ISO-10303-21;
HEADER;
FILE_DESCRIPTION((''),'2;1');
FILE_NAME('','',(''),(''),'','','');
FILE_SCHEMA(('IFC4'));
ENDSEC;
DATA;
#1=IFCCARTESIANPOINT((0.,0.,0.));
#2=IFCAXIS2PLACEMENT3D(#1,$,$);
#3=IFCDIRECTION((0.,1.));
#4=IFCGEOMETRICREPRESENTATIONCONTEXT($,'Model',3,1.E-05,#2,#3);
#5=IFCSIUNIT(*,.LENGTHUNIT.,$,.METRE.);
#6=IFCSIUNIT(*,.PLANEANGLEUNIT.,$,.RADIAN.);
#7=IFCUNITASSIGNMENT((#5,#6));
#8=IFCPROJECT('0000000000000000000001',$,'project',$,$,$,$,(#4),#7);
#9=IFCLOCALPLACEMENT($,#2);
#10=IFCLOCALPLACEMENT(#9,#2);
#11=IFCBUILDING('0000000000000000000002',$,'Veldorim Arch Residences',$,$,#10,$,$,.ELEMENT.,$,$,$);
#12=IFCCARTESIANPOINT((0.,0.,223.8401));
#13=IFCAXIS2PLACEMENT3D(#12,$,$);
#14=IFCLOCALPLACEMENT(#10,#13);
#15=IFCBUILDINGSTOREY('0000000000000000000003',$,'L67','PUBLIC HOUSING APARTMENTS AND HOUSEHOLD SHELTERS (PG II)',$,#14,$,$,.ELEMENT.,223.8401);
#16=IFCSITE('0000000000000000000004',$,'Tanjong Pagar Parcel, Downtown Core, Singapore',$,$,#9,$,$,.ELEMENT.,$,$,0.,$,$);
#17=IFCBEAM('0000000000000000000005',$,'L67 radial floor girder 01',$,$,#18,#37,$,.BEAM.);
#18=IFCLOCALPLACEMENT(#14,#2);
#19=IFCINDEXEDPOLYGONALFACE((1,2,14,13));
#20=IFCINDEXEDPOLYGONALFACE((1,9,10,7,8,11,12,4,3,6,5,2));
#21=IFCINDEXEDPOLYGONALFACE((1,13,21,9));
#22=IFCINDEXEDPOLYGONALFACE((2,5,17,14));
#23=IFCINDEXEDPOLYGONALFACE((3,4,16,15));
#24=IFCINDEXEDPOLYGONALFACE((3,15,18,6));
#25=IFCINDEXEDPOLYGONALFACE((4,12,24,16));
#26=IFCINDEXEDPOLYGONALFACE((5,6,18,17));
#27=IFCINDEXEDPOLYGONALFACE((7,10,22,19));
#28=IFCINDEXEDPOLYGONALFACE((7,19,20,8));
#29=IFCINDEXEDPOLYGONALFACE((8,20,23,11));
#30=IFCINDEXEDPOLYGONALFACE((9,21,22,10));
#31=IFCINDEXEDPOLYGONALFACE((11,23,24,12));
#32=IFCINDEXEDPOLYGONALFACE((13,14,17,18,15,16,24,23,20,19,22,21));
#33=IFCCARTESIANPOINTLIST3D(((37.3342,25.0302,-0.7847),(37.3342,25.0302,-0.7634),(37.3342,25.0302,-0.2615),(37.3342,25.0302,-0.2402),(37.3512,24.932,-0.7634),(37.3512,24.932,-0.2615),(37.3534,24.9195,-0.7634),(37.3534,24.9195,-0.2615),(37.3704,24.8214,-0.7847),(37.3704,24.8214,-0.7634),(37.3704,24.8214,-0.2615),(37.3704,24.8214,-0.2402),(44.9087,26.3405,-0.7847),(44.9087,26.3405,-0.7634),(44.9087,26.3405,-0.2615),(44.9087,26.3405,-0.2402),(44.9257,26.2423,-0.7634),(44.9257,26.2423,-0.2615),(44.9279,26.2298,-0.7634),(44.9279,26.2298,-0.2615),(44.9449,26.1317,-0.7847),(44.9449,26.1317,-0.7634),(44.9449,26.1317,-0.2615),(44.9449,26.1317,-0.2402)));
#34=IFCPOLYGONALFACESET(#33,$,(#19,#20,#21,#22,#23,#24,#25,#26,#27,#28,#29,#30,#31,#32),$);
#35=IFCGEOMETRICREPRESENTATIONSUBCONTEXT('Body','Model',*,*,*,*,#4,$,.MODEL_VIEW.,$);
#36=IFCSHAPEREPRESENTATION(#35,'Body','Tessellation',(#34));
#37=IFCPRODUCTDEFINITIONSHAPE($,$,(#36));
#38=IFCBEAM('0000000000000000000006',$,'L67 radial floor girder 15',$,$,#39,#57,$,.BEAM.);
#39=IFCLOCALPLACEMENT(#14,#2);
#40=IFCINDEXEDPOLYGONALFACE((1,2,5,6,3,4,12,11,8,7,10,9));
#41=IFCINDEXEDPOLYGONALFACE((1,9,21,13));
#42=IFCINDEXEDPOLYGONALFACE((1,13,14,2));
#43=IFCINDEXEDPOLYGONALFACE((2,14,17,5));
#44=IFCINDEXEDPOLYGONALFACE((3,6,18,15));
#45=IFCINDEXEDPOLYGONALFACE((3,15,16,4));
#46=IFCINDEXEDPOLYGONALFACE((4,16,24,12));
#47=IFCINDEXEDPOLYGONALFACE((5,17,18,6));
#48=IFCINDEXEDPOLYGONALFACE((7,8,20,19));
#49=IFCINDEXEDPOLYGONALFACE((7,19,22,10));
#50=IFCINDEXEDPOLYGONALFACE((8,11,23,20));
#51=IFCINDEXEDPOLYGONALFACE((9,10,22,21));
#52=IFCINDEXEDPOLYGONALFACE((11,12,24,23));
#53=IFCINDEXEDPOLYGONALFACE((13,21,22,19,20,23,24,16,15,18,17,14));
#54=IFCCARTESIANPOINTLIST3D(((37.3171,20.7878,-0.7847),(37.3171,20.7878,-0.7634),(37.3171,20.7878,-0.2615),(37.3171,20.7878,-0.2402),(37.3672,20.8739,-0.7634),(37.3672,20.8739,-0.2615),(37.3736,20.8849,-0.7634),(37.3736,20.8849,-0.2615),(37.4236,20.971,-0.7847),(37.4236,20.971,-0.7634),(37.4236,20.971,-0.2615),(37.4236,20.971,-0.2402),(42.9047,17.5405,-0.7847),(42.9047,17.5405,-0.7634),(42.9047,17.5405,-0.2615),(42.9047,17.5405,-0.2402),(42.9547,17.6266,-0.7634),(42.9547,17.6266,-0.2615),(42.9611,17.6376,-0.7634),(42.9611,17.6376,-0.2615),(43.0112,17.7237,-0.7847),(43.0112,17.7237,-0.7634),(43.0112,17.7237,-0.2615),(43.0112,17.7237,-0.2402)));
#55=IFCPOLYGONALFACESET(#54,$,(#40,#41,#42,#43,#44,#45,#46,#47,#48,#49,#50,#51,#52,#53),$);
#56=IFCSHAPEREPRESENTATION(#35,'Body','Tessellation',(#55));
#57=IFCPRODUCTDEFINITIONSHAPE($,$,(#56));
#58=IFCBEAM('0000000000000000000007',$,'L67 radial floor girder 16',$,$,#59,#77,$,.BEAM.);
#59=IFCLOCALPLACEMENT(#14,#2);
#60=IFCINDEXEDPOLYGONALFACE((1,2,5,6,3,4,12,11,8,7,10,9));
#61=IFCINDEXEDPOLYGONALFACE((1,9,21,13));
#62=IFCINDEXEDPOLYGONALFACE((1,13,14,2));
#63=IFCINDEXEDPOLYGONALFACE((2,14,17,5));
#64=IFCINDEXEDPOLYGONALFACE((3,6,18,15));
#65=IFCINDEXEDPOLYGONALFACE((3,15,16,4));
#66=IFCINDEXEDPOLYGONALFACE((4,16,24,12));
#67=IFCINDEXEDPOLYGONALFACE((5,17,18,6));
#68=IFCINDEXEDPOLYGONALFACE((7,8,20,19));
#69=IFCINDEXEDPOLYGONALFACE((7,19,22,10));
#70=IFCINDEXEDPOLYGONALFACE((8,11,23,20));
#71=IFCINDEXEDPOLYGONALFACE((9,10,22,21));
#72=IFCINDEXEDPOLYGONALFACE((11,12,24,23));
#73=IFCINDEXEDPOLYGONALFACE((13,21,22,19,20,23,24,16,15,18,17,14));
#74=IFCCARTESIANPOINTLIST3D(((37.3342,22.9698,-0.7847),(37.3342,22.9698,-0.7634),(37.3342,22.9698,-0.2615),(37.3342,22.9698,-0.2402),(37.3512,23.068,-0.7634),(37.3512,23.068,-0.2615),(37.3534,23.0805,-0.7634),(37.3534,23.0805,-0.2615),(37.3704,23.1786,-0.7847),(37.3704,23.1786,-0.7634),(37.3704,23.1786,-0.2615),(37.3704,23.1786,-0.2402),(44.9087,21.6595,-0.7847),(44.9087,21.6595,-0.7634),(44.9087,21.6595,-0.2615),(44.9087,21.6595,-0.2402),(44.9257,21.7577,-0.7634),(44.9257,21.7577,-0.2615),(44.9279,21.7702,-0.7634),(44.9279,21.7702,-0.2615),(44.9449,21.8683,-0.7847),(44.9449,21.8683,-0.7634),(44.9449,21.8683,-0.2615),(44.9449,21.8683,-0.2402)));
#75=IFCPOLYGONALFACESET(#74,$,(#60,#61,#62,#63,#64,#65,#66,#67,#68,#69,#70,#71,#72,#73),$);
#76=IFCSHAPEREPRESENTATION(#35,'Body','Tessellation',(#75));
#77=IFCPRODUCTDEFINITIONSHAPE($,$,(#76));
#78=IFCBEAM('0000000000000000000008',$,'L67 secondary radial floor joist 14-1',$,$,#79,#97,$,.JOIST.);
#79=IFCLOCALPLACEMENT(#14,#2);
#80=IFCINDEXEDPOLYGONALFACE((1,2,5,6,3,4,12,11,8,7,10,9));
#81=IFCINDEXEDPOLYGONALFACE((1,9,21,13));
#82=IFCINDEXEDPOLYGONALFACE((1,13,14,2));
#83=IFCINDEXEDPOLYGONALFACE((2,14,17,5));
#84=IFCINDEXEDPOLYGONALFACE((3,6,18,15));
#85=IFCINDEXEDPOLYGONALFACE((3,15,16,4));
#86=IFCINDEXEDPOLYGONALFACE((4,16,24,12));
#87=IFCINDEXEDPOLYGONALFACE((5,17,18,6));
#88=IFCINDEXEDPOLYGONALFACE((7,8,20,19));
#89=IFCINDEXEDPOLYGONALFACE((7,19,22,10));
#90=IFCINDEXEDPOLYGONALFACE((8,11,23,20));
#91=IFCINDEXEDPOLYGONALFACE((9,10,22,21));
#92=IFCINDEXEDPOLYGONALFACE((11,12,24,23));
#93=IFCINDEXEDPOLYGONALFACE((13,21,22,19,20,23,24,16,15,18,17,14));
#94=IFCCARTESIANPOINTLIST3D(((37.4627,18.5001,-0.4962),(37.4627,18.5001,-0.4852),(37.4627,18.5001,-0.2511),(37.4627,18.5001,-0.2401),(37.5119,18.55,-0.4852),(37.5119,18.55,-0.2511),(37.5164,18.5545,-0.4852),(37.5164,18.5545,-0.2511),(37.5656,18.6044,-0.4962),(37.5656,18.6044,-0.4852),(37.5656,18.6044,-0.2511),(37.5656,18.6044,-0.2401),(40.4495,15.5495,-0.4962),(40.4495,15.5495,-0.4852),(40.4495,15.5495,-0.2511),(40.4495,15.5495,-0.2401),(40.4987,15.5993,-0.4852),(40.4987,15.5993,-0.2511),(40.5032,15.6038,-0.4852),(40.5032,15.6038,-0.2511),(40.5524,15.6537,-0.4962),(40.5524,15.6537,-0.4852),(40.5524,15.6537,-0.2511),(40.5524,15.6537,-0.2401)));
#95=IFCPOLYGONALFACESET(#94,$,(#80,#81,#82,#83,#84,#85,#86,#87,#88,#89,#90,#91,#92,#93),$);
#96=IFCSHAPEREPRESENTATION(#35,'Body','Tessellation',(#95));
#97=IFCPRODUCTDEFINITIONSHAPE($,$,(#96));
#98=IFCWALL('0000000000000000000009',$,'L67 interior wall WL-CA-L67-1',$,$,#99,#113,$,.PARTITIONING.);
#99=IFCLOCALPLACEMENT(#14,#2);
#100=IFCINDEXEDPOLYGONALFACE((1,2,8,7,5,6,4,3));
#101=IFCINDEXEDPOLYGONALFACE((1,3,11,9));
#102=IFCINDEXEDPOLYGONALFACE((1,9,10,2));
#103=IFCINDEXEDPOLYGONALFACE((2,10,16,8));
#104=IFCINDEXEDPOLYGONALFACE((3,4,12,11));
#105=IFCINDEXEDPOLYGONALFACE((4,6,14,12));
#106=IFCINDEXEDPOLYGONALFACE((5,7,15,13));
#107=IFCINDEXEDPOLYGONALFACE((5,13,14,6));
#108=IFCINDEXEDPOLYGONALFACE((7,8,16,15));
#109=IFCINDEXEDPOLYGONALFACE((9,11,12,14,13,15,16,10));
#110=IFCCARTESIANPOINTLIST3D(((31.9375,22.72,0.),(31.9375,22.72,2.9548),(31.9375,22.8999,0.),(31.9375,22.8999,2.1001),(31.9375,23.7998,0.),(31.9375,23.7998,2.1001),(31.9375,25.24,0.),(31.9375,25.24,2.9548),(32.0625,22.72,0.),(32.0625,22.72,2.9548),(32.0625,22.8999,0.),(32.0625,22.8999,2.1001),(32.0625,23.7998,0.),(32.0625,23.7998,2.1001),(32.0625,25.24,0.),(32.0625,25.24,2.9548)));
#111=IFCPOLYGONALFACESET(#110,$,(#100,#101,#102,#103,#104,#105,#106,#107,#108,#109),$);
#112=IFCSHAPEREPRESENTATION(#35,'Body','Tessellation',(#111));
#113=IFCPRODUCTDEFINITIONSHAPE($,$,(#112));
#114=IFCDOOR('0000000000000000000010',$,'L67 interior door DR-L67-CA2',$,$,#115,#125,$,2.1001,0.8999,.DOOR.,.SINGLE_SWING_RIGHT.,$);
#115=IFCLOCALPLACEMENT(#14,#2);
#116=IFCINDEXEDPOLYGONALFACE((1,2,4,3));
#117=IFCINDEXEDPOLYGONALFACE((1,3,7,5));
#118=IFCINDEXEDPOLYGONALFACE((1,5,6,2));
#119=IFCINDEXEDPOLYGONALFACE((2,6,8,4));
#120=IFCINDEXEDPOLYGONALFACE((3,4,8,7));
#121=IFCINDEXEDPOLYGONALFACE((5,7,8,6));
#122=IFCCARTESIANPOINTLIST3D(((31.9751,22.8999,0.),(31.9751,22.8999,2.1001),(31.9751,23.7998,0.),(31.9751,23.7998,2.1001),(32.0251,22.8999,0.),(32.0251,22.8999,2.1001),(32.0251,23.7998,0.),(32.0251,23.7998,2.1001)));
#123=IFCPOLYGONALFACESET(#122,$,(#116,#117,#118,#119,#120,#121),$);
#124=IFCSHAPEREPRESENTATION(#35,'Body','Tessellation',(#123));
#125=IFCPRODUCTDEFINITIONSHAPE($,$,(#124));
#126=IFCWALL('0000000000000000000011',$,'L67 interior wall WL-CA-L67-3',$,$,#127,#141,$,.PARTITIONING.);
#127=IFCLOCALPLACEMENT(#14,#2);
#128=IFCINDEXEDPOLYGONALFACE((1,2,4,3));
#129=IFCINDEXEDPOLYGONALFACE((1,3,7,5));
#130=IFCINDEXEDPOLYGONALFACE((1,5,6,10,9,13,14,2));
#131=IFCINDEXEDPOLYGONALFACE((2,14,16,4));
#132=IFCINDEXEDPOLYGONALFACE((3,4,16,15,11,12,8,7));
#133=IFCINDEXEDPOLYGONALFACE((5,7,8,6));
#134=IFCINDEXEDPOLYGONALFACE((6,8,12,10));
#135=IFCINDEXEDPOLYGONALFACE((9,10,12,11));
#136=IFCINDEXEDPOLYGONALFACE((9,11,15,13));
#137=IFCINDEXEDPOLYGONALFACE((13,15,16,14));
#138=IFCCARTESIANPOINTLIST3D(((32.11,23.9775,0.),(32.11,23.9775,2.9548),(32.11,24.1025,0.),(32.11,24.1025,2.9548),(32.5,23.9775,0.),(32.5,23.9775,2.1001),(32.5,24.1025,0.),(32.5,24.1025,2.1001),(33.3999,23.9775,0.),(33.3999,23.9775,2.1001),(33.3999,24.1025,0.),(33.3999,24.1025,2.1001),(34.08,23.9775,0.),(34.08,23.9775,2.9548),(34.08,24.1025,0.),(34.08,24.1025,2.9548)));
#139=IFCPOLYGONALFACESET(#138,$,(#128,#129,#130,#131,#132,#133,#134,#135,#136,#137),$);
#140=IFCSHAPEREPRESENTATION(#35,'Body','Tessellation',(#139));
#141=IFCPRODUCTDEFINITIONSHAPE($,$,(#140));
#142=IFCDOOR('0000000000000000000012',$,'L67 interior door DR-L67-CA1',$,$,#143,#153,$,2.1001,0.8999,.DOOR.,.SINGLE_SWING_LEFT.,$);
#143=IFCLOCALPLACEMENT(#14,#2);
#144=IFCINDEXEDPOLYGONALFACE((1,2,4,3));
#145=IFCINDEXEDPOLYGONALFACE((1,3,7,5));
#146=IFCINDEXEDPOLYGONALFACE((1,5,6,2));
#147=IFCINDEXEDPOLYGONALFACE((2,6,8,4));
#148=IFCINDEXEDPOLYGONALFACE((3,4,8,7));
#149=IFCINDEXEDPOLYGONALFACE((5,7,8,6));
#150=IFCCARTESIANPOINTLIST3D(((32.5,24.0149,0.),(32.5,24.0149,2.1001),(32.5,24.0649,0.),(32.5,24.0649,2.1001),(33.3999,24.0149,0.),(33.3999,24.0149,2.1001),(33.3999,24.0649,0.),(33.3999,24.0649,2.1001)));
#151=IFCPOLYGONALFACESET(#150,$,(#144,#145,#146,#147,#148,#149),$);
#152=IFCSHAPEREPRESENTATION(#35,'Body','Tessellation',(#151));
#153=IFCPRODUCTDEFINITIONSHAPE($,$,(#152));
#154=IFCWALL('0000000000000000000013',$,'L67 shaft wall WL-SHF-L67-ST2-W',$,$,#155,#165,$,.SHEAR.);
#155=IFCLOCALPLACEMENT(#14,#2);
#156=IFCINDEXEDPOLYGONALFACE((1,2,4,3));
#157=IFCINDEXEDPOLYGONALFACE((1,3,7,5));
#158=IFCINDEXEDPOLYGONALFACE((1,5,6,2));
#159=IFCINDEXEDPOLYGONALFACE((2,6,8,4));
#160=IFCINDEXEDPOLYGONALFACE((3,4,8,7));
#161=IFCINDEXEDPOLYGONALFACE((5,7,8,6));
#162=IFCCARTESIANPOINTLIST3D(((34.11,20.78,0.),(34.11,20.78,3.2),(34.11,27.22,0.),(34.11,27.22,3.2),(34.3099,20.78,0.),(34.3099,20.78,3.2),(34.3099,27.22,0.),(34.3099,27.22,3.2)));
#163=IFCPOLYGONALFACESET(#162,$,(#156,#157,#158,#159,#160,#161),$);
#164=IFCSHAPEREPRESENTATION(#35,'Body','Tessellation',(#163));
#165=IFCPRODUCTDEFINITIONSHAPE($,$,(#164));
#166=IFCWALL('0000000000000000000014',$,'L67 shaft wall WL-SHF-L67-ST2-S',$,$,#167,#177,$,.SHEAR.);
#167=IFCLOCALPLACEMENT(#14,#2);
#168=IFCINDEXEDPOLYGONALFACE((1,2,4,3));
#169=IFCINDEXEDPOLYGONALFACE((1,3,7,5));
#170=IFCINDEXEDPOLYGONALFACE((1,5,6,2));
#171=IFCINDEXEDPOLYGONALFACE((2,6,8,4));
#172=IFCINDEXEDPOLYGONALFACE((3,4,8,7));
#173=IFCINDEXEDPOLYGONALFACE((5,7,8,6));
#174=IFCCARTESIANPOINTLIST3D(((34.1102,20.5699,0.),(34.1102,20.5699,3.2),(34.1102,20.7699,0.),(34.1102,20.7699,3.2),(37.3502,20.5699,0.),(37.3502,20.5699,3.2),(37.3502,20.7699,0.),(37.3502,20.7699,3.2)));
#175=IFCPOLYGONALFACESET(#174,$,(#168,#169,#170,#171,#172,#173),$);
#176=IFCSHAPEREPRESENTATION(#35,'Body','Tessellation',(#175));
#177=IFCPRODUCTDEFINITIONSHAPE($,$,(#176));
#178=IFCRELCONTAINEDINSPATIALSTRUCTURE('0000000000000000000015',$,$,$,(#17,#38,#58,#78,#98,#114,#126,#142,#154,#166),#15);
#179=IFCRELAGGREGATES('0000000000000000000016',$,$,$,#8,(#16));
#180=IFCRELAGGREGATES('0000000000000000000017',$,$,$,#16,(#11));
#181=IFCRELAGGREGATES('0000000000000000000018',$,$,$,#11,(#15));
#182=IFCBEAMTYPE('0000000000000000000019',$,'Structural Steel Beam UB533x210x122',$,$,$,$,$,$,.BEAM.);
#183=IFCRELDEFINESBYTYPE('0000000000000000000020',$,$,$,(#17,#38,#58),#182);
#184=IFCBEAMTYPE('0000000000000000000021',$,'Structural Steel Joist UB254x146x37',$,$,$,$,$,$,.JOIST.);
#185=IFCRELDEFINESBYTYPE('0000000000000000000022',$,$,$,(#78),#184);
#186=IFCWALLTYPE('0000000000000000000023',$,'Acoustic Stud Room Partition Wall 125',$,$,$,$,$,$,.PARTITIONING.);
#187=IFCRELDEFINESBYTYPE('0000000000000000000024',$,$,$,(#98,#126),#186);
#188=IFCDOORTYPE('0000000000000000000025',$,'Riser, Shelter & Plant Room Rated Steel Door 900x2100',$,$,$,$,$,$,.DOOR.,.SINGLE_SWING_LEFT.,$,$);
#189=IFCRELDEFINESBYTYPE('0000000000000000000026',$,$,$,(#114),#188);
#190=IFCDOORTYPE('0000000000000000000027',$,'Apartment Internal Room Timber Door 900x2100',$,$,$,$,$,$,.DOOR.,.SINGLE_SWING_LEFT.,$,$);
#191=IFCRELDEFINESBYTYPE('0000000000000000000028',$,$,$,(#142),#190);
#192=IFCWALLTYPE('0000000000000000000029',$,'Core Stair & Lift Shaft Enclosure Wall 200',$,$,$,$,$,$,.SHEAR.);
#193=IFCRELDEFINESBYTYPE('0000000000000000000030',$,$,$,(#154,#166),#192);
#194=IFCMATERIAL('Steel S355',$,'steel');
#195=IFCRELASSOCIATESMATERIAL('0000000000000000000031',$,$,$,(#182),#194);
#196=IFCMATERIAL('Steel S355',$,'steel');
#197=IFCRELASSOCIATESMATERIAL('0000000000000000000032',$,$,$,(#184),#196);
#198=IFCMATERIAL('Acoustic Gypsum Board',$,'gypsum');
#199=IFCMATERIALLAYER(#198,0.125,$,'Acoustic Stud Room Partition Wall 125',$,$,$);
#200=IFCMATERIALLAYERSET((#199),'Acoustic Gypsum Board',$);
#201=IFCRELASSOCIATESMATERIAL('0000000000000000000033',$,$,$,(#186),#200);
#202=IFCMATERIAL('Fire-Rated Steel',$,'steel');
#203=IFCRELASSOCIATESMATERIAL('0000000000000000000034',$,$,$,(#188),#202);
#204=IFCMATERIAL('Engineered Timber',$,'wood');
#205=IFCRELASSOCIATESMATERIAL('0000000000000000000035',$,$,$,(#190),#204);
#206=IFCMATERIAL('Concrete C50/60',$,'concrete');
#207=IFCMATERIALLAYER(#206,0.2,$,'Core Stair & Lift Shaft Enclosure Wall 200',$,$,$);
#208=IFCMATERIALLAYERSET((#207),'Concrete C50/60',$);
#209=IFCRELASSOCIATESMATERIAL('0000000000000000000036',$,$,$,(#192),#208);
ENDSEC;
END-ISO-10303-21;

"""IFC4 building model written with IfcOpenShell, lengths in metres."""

from ifc_helpers import new_model, si_unit, direction, frame, frame_2d, origin, origin_2d, place, context, subcontext, project, spatial, rectangle, i_section, extrude, material, layer, layer_set, material_profile, profile_set, type_object, element, fill, save


model = new_model("IFC4")

# Units and contexts
model_context = context("Model", 3, precision=1e-05, world=origin(), true_north=direction((0.0, 1.0)))
body_context = subcontext(model_context, "Body", "Model", "MODEL_VIEW")
ifc_project = project(units=[si_unit("LENGTHUNIT", "METRE"), si_unit("PLANEANGLEUNIT", "RADIAN")], contexts=[model_context])

# Site, building, storey
site_placement = place(None, origin())
site = spatial("IfcSite", under=ifc_project, at=site_placement, Name="Tanjong Pagar Parcel, Downtown Core, Singapore", CompositionType="ELEMENT", RefElevation=0.0)
building_placement = place(site_placement, origin())
building = spatial("IfcBuilding", under=site, at=building_placement, Name="Veldorim Arch Residences", CompositionType="ELEMENT")
storey_placement = place(building_placement, frame((0.0, 0.0, 223.8401)))
storey = spatial("IfcBuildingStorey", under=building, at=storey_placement, Name="L67", Description="PUBLIC HOUSING APARTMENTS AND HOUSEHOLD SHELTERS (PG II)", CompositionType="ELEMENT", Elevation=223.8401)

# Beams
ifc_material_1 = material(Name="Steel S355", Category="steel")
ifc_material_profile_1 = material_profile(ifc_material_1, i_section(OverallWidth=0.2119, OverallDepth=0.5444, WebThickness=0.0127, FlangeThickness=0.0212, at=origin_2d()), Name="UB533x210x122")
ifc_profile_set_1 = profile_set([ifc_material_profile_1], Name="Steel S355")
beam_type_1 = type_object("IfcBeamType", Name="Structural Steel Beam UB533x210x122", PredefinedType="BEAM", material=ifc_profile_set_1)
beam_1_placement = place(storey_placement, frame((37.3523, 24.9258, -0.5125), z_axis=(0.985365, 0.170458, 0.0), x_axis=(-0.170458, 0.985365, 0.0)))
element("IfcBeam", 1, at=beam_1_placement, inside=storey, type_object=beam_type_1, Name="L67 radial floor girder 01", PredefinedType="BEAM", context=body_context, shape_type="SweptSolid", body=[
    extrude(i_section(OverallWidth=0.2119, OverallDepth=0.5444, WebThickness=0.0127, FlangeThickness=0.0212, at=origin_2d()), origin(), (0.0, 0.0, 1.0), 7.687),
])
beam_2_placement = place(storey_placement, frame((37.3704, 20.8794, -0.5125), z_axis=(0.864596, -0.502468, 0.0), x_axis=(0.502468, 0.864596, 0.0)))
element("IfcBeam", 2, at=beam_2_placement, inside=storey, type_object=beam_type_1, Name="L67 radial floor girder 15", PredefinedType="BEAM", context=body_context, shape_type="SweptSolid", body=[
    extrude(i_section(OverallWidth=0.2119, OverallDepth=0.5444, WebThickness=0.0127, FlangeThickness=0.0212, at=origin_2d()), origin(), (0.0, 0.0, 1.0), 6.4626),
])
beam_3_placement = place(storey_placement, frame((37.3523, 23.0742, -0.5125), z_axis=(0.985365, -0.170458, 0.0), x_axis=(0.170458, 0.985365, 0.0)))
element("IfcBeam", 3, at=beam_3_placement, inside=storey, type_object=beam_type_1, Name="L67 radial floor girder 16", PredefinedType="BEAM", context=body_context, shape_type="SweptSolid", body=[
    extrude(i_section(OverallWidth=0.2119, OverallDepth=0.5444, WebThickness=0.0127, FlangeThickness=0.0212, at=origin_2d()), origin(), (0.0, 0.0, 1.0), 7.687),
])
ifc_material_2 = material(Name="Steel S355", Category="steel")
ifc_material_profile_2 = material_profile(ifc_material_2, i_section(OverallWidth=0.1465, OverallDepth=0.2561, WebThickness=0.0063, FlangeThickness=0.011, at=origin_2d()), Name="UB254x146x37")
ifc_profile_set_2 = profile_set([ifc_material_profile_2], Name="Steel S355")
beam_type_2 = type_object("IfcBeamType", Name="Structural Steel Joist UB254x146x37", PredefinedType="JOIST", material=ifc_profile_set_2)
beam_4_placement = place(storey_placement, frame((37.5142, 18.5522, -0.3682), z_axis=(0.711397, -0.702791, 0.0), x_axis=(0.702791, 0.711397, 0.0)))
element("IfcBeam", 4, at=beam_4_placement, inside=storey, type_object=beam_type_2, Name="L67 secondary radial floor joist 14-1", PredefinedType="JOIST", context=body_context, shape_type="SweptSolid", body=[
    extrude(i_section(OverallWidth=0.1465, OverallDepth=0.2561, WebThickness=0.0063, FlangeThickness=0.011, at=origin_2d()), origin(), (0.0, 0.0, 1.0), 4.1985),
])

# Walls, openings, doors
ifc_material_3 = material(Name="Acoustic Gypsum Board", Category="gypsum")
ifc_layer_1 = layer(ifc_material_3, 0.125, Name="Acoustic Stud Room Partition Wall 125")
ifc_layer_set_1 = layer_set([ifc_layer_1], Name="Acoustic Gypsum Board")
wall_type_1 = type_object("IfcWallType", Name="Acoustic Stud Room Partition Wall 125", PredefinedType="PARTITIONING", material=ifc_layer_set_1)
wall_1_placement = place(storey_placement, frame((32.0, 22.72, 0.0), z_axis=(0.0, 0.0, 1.0), x_axis=(0.0, 1.0, 0.0)))
wall_1 = element("IfcWall", 5, at=wall_1_placement, inside=storey, type_object=wall_type_1, Name="L67 interior wall WL-CA-L67-1", PredefinedType="PARTITIONING", context=body_context, shape_type="SweptSolid", body=[
    extrude(rectangle(XDim=2.52, YDim=0.125, at=frame_2d((1.26, 0.0))), origin(), (0.0, 0.0, 1.0), 2.9548),
])
opening_1_placement = place(wall_1_placement, frame((0.1799, 0.0, 0.0)))
opening_1 = element("IfcOpeningElement", 6, at=opening_1_placement, cuts=wall_1, PredefinedType="OPENING", context=body_context, shape_type="SweptSolid", body=[
    extrude(rectangle(XDim=0.8999, YDim=2.1001, at=frame_2d((0.45, 1.05))), frame((0.0, 0.0725, 0.0), z_axis=(0.0, -1.0, 0.0), x_axis=(1.0, 0.0, 0.0)), (0.0, 0.0, 1.0), 0.145),
])
ifc_material_4 = material(Name="Fire-Rated Steel", Category="steel")
door_type_1 = type_object("IfcDoorType", Name="Riser, Shelter & Plant Room Rated Steel Door 900x2100", OperationType="SINGLE_SWING_LEFT", PredefinedType="DOOR", material=ifc_material_4)
door_1_placement = place(opening_1_placement, origin())
door_1 = element("IfcDoor", 7, at=door_1_placement, inside=storey, type_object=door_type_1, Name="L67 interior door DR-L67-CA2", OperationType="SINGLE_SWING_RIGHT", OverallHeight=2.1001, OverallWidth=0.8999, PredefinedType="DOOR", context=body_context, shape_type="SweptSolid", body=[
    extrude(rectangle(XDim=0.8999, YDim=2.1001, at=frame_2d((0.45, 1.05))), frame((0.0, 0.0249, 0.0), z_axis=(0.0, -1.0, 0.0), x_axis=(1.0, 0.0, 0.0)), (0.0, 0.0, 1.0), 0.05),
])
fill(opening_1, door_1)
wall_2_placement = place(storey_placement, frame((32.1101, 24.04, 0.0), z_axis=(0.0, 0.0, 1.0), x_axis=(1.0, 0.0, 0.0)))
wall_2 = element("IfcWall", 8, at=wall_2_placement, inside=storey, type_object=wall_type_1, Name="L67 interior wall WL-CA-L67-3", PredefinedType="PARTITIONING", context=body_context, shape_type="SweptSolid", body=[
    extrude(rectangle(XDim=1.97, YDim=0.125, at=frame_2d((0.9849, 0.0))), origin(), (0.0, 0.0, 1.0), 2.9548),
])
opening_2_placement = place(wall_2_placement, frame((0.3899, 0.0, 0.0)))
opening_2 = element("IfcOpeningElement", 9, at=opening_2_placement, cuts=wall_2, PredefinedType="OPENING", context=body_context, shape_type="SweptSolid", body=[
    extrude(rectangle(XDim=0.8999, YDim=2.1001, at=frame_2d((0.45, 1.05))), frame((0.0, 0.0725, 0.0), z_axis=(0.0, -1.0, 0.0), x_axis=(1.0, 0.0, 0.0)), (0.0, 0.0, 1.0), 0.145),
])
ifc_material_5 = material(Name="Engineered Timber", Category="wood")
door_type_2 = type_object("IfcDoorType", Name="Apartment Internal Room Timber Door 900x2100", OperationType="SINGLE_SWING_LEFT", PredefinedType="DOOR", material=ifc_material_5)
door_2_placement = place(opening_2_placement, origin())
door_2 = element("IfcDoor", 10, at=door_2_placement, inside=storey, type_object=door_type_2, Name="L67 interior door DR-L67-CA1", OperationType="SINGLE_SWING_LEFT", OverallHeight=2.1001, OverallWidth=0.8999, PredefinedType="DOOR", context=body_context, shape_type="SweptSolid", body=[
    extrude(rectangle(XDim=0.8999, YDim=2.1001, at=frame_2d((0.45, 1.05))), frame((0.0, 0.0249, 0.0), z_axis=(0.0, -1.0, 0.0), x_axis=(1.0, 0.0, 0.0)), (0.0, 0.0, 1.0), 0.05),
])
fill(opening_2, door_2)

# Walls
ifc_material_6 = material(Name="Concrete C50/60", Category="concrete")
ifc_layer_2 = layer(ifc_material_6, 0.2, Name="Core Stair & Lift Shaft Enclosure Wall 200")
ifc_layer_set_2 = layer_set([ifc_layer_2], Name="Concrete C50/60")
wall_type_2 = type_object("IfcWallType", Name="Core Stair & Lift Shaft Enclosure Wall 200", PredefinedType="SHEAR", material=ifc_layer_set_2)
wall_3_placement = place(storey_placement, frame((34.21, 20.78, 0.0), z_axis=(0.0, 0.0, 1.0), x_axis=(0.0, 1.0, 0.0)))
element("IfcWall", 11, at=wall_3_placement, inside=storey, type_object=wall_type_2, Name="L67 shaft wall WL-SHF-L67-ST2-W", PredefinedType="SHEAR", context=body_context, shape_type="SweptSolid", body=[
    extrude(rectangle(XDim=6.4399, YDim=0.2, at=frame_2d((3.22, 0.0))), origin(), (0.0, 0.0, 1.0), 3.2),
])
wall_4_placement = place(storey_placement, frame((34.1101, 20.6699, 0.0), z_axis=(0.0, 0.0, 1.0), x_axis=(1.0, 0.0, 0.0)))
element("IfcWall", 12, at=wall_4_placement, inside=storey, type_object=wall_type_2, Name="L67 shaft wall WL-SHF-L67-ST2-S", PredefinedType="SHEAR", context=body_context, shape_type="SweptSolid", body=[
    extrude(rectangle(XDim=3.24, YDim=0.2, at=frame_2d((1.6201, 0.0))), origin(), (0.0, 0.0, 1.0), 3.2),
])

save(model, "model.ifc")
